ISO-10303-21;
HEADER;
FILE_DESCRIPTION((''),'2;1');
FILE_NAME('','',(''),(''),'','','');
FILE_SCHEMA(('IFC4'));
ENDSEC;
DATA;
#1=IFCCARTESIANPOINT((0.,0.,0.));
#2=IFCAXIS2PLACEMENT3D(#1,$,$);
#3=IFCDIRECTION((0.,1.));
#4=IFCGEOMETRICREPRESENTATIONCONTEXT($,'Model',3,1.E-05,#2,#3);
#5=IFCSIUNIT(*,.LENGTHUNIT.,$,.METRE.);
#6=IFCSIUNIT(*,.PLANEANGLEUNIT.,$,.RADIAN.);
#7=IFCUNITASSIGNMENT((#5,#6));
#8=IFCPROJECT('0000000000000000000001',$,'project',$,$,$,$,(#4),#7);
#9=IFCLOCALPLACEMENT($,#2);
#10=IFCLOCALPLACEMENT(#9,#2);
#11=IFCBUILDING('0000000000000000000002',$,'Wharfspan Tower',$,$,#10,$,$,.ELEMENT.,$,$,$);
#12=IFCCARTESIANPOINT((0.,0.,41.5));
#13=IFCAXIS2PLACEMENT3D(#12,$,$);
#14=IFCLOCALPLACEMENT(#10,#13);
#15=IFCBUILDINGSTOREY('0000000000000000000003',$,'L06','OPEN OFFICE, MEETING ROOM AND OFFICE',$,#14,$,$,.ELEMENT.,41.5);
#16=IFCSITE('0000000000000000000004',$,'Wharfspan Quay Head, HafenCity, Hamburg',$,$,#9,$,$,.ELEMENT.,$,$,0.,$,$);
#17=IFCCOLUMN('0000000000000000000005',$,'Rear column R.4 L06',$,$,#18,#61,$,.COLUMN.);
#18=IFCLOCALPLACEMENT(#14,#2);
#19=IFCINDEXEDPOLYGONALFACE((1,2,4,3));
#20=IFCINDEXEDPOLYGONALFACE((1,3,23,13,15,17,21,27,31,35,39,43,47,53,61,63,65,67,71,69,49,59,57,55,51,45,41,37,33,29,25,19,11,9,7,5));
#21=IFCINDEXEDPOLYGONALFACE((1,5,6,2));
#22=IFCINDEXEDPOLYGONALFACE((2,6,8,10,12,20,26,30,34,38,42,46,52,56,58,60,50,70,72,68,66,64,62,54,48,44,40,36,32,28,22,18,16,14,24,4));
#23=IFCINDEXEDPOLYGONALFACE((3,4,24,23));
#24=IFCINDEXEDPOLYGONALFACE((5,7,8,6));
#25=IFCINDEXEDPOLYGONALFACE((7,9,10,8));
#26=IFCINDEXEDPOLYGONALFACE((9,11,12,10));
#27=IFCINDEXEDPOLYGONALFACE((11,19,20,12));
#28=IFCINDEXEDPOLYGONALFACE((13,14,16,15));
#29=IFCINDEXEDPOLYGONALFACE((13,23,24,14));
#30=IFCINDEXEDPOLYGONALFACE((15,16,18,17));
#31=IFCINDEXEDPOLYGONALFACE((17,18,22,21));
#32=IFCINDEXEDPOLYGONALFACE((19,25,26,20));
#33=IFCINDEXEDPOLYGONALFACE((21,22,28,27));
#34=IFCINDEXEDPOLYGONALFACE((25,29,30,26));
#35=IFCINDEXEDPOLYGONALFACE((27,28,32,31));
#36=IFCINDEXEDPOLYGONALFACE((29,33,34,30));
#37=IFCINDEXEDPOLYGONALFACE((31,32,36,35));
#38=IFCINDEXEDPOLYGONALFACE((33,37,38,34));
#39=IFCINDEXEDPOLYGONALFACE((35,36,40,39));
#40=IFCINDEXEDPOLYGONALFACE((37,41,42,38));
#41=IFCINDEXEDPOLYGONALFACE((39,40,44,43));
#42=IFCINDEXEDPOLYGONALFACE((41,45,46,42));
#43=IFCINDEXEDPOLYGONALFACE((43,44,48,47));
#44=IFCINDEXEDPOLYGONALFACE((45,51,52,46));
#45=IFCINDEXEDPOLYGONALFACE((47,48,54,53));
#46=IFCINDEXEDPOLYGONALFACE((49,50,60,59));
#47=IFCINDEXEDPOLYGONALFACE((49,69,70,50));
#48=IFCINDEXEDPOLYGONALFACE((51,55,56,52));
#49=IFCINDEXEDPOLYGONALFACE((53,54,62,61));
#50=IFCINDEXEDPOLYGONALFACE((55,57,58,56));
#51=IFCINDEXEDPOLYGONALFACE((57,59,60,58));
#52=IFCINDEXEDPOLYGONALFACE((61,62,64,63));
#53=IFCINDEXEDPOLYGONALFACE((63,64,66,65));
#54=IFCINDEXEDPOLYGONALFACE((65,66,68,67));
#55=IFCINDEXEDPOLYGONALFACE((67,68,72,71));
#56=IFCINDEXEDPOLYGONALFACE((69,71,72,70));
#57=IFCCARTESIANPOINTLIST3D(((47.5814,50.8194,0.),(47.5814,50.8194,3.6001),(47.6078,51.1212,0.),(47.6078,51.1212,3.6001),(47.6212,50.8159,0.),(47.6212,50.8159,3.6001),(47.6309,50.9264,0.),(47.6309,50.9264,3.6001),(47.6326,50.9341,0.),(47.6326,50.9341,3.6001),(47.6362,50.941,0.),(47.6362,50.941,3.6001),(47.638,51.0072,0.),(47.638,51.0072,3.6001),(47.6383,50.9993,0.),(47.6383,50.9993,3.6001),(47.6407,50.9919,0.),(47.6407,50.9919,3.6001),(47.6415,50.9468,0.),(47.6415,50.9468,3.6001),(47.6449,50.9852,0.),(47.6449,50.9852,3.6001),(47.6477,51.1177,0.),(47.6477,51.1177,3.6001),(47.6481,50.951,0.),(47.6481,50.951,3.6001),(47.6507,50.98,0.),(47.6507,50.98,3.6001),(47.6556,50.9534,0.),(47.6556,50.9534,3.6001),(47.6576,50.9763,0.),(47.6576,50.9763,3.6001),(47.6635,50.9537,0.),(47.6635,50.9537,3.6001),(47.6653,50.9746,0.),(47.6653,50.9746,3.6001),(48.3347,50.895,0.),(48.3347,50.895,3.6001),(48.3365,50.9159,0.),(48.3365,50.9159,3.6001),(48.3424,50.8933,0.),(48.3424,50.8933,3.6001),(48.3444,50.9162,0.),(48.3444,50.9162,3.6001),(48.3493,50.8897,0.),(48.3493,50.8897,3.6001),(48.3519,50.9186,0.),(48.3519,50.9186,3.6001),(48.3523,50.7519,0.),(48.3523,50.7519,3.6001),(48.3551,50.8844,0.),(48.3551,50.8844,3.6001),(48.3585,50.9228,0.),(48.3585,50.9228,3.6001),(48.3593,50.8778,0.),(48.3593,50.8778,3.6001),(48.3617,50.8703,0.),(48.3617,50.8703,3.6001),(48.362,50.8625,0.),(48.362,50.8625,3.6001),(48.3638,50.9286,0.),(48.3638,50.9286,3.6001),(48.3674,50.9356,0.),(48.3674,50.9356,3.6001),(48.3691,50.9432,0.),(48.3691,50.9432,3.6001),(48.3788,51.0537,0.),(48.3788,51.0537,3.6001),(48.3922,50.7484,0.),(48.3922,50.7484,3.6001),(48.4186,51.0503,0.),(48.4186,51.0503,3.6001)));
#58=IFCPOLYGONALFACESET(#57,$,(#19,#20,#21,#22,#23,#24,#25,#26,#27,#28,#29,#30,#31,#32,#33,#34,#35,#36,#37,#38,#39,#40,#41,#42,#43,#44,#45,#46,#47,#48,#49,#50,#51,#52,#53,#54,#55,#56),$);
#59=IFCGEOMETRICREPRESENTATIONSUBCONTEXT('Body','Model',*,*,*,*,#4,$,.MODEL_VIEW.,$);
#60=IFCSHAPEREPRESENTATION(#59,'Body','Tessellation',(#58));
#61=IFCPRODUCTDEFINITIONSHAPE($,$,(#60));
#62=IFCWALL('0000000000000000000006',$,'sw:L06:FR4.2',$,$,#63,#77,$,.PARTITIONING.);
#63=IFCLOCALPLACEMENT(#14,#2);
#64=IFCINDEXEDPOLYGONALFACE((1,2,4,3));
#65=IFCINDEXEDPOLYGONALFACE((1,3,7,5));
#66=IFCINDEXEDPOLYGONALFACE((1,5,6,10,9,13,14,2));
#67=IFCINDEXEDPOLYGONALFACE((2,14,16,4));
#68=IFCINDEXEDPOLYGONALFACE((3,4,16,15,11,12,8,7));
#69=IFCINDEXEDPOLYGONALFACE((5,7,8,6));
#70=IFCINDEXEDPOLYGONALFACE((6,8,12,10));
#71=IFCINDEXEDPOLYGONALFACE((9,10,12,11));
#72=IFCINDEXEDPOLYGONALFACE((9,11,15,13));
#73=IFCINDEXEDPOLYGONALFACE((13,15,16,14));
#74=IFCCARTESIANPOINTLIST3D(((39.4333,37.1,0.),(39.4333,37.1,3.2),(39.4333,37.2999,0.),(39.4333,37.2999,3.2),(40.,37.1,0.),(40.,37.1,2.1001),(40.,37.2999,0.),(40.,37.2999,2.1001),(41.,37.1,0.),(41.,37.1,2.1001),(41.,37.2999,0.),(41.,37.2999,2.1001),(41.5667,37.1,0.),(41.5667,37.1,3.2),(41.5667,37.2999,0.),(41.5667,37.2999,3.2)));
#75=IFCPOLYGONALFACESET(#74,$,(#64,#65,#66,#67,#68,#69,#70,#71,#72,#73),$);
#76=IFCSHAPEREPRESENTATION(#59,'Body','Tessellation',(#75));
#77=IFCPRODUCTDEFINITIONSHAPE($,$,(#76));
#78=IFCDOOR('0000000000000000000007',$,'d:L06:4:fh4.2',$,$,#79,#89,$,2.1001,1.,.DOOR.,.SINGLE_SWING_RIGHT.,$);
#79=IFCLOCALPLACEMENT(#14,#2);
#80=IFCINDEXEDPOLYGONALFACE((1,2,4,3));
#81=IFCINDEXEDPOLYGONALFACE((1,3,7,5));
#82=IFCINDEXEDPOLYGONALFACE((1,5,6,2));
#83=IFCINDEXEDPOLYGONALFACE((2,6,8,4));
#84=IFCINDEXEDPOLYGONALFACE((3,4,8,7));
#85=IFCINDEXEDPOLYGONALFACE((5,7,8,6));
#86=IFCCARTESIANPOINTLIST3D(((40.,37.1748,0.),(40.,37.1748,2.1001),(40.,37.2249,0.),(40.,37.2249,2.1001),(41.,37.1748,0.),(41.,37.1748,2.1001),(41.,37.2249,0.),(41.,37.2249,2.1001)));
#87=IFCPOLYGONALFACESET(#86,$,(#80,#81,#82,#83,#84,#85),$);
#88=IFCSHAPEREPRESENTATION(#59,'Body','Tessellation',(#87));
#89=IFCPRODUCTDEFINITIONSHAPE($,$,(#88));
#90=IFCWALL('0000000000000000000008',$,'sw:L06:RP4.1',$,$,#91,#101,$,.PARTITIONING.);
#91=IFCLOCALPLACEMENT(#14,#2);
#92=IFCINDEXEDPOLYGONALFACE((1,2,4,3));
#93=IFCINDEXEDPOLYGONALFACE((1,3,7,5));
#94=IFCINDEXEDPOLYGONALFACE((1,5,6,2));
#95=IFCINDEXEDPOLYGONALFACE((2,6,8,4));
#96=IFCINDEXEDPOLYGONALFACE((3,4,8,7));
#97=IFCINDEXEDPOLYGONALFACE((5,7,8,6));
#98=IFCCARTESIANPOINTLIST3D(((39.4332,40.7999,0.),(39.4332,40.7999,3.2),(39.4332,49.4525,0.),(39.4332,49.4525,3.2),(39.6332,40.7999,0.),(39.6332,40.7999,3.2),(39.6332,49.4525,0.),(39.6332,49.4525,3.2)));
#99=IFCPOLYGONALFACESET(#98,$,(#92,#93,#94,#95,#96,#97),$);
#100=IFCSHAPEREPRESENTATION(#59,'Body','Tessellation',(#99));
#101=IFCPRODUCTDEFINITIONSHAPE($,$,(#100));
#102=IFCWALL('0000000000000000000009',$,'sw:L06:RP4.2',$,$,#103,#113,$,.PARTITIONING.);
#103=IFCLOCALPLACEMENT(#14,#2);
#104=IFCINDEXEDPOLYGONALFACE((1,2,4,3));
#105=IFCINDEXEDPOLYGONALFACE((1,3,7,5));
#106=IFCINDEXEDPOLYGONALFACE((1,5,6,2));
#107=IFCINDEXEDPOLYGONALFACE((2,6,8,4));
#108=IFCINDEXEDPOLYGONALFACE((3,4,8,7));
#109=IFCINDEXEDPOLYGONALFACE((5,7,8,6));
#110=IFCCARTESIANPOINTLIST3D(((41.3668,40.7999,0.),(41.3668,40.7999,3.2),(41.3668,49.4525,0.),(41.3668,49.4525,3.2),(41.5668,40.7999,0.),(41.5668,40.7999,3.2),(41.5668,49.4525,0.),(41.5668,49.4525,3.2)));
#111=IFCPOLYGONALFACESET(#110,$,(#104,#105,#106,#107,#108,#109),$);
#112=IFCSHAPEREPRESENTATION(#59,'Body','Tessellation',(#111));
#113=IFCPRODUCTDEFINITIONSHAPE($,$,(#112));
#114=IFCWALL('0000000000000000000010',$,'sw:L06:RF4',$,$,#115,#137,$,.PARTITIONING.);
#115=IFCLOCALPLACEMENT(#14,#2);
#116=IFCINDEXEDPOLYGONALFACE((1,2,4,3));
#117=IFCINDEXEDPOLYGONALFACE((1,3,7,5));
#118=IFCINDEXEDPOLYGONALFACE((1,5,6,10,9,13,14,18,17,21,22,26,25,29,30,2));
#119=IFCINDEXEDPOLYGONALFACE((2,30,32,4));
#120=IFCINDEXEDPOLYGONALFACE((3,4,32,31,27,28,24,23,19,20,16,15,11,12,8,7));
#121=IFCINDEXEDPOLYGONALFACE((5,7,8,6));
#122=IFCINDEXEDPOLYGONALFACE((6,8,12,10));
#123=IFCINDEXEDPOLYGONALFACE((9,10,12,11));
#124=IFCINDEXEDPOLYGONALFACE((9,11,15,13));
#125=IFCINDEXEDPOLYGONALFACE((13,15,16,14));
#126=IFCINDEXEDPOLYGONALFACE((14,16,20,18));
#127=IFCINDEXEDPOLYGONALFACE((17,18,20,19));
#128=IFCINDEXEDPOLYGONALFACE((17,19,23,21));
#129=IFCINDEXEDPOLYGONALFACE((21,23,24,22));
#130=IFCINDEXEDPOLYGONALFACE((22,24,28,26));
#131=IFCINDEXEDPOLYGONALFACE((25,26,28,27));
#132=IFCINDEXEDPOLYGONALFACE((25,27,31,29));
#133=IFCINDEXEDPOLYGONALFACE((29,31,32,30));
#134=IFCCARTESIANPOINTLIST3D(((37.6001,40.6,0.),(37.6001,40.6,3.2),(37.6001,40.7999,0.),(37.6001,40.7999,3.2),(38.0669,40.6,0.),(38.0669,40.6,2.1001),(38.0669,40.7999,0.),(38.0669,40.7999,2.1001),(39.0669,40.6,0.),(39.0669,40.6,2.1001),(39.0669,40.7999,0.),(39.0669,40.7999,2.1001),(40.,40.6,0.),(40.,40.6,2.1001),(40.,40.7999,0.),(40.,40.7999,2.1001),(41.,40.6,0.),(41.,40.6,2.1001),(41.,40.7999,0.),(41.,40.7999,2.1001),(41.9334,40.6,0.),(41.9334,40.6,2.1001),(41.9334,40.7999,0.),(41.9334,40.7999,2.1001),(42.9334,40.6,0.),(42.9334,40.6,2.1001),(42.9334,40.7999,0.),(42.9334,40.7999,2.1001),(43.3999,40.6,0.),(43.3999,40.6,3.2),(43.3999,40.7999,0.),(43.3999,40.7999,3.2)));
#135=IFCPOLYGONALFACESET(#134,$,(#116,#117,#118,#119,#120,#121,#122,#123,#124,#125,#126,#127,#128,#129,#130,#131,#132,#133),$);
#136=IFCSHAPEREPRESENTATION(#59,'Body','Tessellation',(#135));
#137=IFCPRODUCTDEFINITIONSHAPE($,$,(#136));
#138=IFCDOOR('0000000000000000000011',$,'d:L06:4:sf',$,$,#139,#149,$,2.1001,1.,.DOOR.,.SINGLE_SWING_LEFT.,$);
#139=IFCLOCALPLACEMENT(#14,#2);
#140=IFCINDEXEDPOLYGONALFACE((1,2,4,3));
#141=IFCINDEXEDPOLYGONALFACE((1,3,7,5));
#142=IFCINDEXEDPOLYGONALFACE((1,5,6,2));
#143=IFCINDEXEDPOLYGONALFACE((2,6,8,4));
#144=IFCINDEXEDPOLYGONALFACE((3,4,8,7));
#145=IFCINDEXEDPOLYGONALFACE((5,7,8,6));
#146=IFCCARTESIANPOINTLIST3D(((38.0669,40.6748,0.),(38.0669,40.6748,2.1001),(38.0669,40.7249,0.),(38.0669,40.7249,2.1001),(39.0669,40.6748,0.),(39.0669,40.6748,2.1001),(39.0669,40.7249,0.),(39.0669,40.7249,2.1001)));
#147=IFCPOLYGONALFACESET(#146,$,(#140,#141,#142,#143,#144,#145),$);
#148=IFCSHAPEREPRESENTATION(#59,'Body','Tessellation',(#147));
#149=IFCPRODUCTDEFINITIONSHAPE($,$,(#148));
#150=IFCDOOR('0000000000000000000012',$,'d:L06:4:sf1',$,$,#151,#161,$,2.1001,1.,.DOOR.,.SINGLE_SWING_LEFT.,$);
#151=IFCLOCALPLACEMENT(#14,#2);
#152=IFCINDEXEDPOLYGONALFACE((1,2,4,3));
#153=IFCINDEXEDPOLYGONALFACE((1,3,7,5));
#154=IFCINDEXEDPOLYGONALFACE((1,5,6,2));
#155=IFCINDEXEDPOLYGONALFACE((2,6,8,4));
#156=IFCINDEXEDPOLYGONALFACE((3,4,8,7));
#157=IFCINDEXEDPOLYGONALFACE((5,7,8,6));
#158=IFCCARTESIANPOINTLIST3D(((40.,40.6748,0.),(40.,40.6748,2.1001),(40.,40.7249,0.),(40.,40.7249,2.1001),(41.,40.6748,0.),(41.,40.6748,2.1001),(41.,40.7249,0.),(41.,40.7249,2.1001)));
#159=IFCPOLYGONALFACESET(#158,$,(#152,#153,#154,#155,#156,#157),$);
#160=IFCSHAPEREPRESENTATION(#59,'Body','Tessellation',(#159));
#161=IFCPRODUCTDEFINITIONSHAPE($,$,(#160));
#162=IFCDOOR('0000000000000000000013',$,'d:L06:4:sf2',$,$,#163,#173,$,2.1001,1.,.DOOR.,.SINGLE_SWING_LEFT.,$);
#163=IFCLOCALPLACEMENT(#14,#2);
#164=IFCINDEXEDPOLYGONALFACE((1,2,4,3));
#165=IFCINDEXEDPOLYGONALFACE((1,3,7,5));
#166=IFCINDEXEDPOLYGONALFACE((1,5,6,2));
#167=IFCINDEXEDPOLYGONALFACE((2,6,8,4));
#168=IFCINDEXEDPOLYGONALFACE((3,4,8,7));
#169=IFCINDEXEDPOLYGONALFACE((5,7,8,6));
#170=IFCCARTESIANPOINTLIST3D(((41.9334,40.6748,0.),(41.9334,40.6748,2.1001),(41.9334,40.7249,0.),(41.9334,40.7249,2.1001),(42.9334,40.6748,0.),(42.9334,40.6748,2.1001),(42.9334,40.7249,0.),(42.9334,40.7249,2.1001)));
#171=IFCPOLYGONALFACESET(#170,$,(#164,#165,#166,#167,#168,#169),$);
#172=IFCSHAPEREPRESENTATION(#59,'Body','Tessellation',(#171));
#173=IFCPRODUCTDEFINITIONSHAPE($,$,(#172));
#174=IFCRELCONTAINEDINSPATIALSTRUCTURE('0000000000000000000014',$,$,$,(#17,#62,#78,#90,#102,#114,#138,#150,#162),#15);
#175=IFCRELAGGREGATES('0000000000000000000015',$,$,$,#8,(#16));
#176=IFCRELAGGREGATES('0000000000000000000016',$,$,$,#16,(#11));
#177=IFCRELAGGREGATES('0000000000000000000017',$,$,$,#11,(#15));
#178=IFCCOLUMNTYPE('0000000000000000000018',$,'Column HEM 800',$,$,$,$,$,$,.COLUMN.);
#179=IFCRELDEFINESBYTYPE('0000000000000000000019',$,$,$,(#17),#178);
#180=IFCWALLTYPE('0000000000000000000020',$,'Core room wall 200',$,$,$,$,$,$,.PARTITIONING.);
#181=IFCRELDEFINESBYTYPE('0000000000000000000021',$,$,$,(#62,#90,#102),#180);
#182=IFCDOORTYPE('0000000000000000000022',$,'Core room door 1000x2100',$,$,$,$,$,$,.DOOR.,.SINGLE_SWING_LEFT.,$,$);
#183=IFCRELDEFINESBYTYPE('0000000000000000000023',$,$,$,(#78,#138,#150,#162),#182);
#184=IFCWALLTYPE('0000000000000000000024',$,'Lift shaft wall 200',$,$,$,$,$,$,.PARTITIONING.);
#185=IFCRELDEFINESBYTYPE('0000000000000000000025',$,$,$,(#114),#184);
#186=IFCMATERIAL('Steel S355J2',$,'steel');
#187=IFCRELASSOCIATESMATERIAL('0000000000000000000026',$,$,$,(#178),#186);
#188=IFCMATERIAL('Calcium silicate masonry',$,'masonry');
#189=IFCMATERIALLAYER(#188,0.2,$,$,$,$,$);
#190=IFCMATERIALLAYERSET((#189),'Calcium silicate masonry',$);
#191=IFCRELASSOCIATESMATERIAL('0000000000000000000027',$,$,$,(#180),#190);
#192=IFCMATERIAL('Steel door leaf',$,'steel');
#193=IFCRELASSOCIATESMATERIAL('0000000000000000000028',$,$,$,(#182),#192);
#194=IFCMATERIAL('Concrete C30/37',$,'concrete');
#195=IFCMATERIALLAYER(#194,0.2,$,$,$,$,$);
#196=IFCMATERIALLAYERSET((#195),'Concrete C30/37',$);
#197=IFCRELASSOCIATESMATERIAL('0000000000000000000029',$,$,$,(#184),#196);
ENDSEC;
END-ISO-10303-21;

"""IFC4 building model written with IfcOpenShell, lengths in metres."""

from ifc_helpers import new_model, si_unit, direction, frame, frame_2d, origin, origin_2d, place, context, subcontext, project, spatial, rectangle, i_section, extrude, material, layer, layer_set, material_profile, profile_set, type_object, element, fill, save


model = new_model("IFC4")

# Units and contexts
model_context = context("Model", 3, precision=1e-05, world=origin(), true_north=direction((0.0, 1.0)))
body_context = subcontext(model_context, "Body", "Model", "MODEL_VIEW")
ifc_project = project(units=[si_unit("LENGTHUNIT", "METRE"), si_unit("PLANEANGLEUNIT", "RADIAN")], contexts=[model_context])

# Site, building, storey
site_placement = place(None, origin())
site = spatial("IfcSite", under=ifc_project, at=site_placement, Name="Wharfspan Quay Head, HafenCity, Hamburg", CompositionType="ELEMENT", RefElevation=0.0)
building_placement = place(site_placement, origin())
building = spatial("IfcBuilding", under=site, at=building_placement, Name="Wharfspan Tower", CompositionType="ELEMENT")
storey_placement = place(building_placement, frame((0.0, 0.0, 41.5)))
storey = spatial("IfcBuildingStorey", under=building, at=storey_placement, Name="L06", Description="OPEN OFFICE, MEETING ROOM AND OFFICE", CompositionType="ELEMENT", Elevation=41.5)

# Column
ifc_material_1 = material(Name="Steel S355J2", Category="steel")
ifc_material_profile = material_profile(ifc_material_1, i_section(OverallWidth=0.303, OverallDepth=0.814, WebThickness=0.021, FlangeThickness=0.04, FilletRadius=0.03, at=origin_2d()))
ifc_profile_set = profile_set([ifc_material_profile], Name="Steel S355J2")
column_type = type_object("IfcColumnType", Name="Column HEM 800", PredefinedType="COLUMN", material=ifc_profile_set)
column_placement = place(storey_placement, frame((48.0, 50.9348, 0.0), z_axis=(0.0, 0.0, 1.0), x_axis=(0.087156, 0.996197, 0.0)))
element("IfcColumn", 1, at=column_placement, inside=storey, type_object=column_type, Name="Rear column R.4 L06", PredefinedType="COLUMN", context=body_context, shape_type="SweptSolid", body=[
    extrude(i_section(OverallWidth=0.303, OverallDepth=0.814, WebThickness=0.021, FlangeThickness=0.04, FilletRadius=0.03, at=origin_2d()), origin(), (0.0, 0.0, 1.0), 3.6001),
])

# Wall, opening, door
ifc_material_2 = material(Name="Calcium silicate masonry", Category="masonry")
ifc_layer_1 = layer(ifc_material_2, 0.2)
ifc_layer_set_1 = layer_set([ifc_layer_1], Name="Calcium silicate masonry")
wall_type_1 = type_object("IfcWallType", Name="Core room wall 200", PredefinedType="PARTITIONING", material=ifc_layer_set_1)
wall_1_placement = place(storey_placement, frame((39.4333, 37.2, 0.0), z_axis=(0.0, 0.0, 1.0), x_axis=(1.0, 0.0, 0.0)))
wall_1 = element("IfcWall", 2, at=wall_1_placement, inside=storey, type_object=wall_type_1, Name="sw:L06:FR4.2", PredefinedType="PARTITIONING", context=body_context, shape_type="SweptSolid", body=[
    extrude(rectangle(XDim=2.1333, YDim=0.2, at=frame_2d((1.0667, 0.0))), origin(), (0.0, 0.0, 1.0), 3.2),
])
opening_1_placement = place(wall_1_placement, frame((0.5666, 0.0, 0.0)))
opening_1 = element("IfcOpeningElement", 3, at=opening_1_placement, cuts=wall_1, PredefinedType="OPENING", context=body_context, shape_type="SweptSolid", body=[
    extrude(rectangle(XDim=1.0, YDim=2.1001, at=frame_2d((0.5, 1.05))), frame((0.0, 0.1099, 0.0), z_axis=(0.0, -1.0, 0.0), x_axis=(1.0, 0.0, 0.0)), (0.0, 0.0, 1.0), 0.22),
])
ifc_material_3 = material(Name="Steel door leaf", Category="steel")
door_type_1 = type_object("IfcDoorType", Name="Core room door 1000x2100", OperationType="SINGLE_SWING_LEFT", PredefinedType="DOOR", material=ifc_material_3)
door_1_placement = place(opening_1_placement, origin())
door_1 = element("IfcDoor", 4, at=door_1_placement, inside=storey, type_object=door_type_1, Name="d:L06:4:fh4.2", OperationType="SINGLE_SWING_RIGHT", OverallHeight=2.1001, OverallWidth=1.0, PredefinedType="DOOR", context=body_context, shape_type="SweptSolid", body=[
    extrude(rectangle(XDim=1.0, YDim=2.1001, at=frame_2d((0.5, 1.05))), frame((0.0, 0.0249, 0.0), z_axis=(0.0, -1.0, 0.0), x_axis=(1.0, 0.0, 0.0)), (0.0, 0.0, 1.0), 0.05),
])
fill(opening_1, door_1)

# Walls
for number, where, z_axis, x_axis, name in (
    (5, (39.5332, 40.8, 0.0), (0.0, 0.0, 1.0), (0.0, 1.0, 0.0), "sw:L06:RP4.1"),
    (6, (41.4668, 40.8, 0.0), (0.0, 0.0, 1.0), (0.0, 1.0, 0.0), "sw:L06:RP4.2"),
):
    element("IfcWall", number, at=place(storey_placement, frame(where, z_axis=z_axis, x_axis=x_axis)), inside=storey, type_object=wall_type_1, Name=name, PredefinedType="PARTITIONING", context=body_context, shape_type="SweptSolid", body=[
        extrude(rectangle(XDim=8.6526, YDim=0.2, at=frame_2d((4.3262, 0.0))), origin(), (0.0, 0.0, 1.0), 3.2),
    ])

# Wall, openings, doors
ifc_material_4 = material(Name="Concrete C30/37", Category="concrete")
ifc_layer_2 = layer(ifc_material_4, 0.2)
ifc_layer_set_2 = layer_set([ifc_layer_2], Name="Concrete C30/37")
wall_type_2 = type_object("IfcWallType", Name="Lift shaft wall 200", PredefinedType="PARTITIONING", material=ifc_layer_set_2)
wall_2_placement = place(storey_placement, frame((37.6001, 40.7, 0.0), z_axis=(0.0, 0.0, 1.0), x_axis=(1.0, 0.0, 0.0)))
wall_2 = element("IfcWall", 7, at=wall_2_placement, inside=storey, type_object=wall_type_2, Name="sw:L06:RF4", PredefinedType="PARTITIONING", context=body_context, shape_type="SweptSolid", body=[
    extrude(rectangle(XDim=5.7998, YDim=0.2, at=frame_2d((2.8999, 0.0))), origin(), (0.0, 0.0, 1.0), 3.2),
])
opening_2_placement = place(wall_2_placement, frame((0.4668, 0.0, 0.0)))
opening_2 = element("IfcOpeningElement", 8, at=opening_2_placement, cuts=wall_2, PredefinedType="OPENING", context=body_context, shape_type="SweptSolid", body=[
    extrude(rectangle(XDim=1.0, YDim=2.1001, at=frame_2d((0.5, 1.05))), frame((0.0, 0.1099, 0.0), z_axis=(0.0, -1.0, 0.0), x_axis=(1.0, 0.0, 0.0)), (0.0, 0.0, 1.0), 0.22),
])
opening_3_placement = place(wall_2_placement, frame((2.3999, 0.0, 0.0)))
opening_3 = element("IfcOpeningElement", 9, at=opening_3_placement, cuts=wall_2, PredefinedType="OPENING", context=body_context, shape_type="SweptSolid", body=[
    extrude(rectangle(XDim=1.0, YDim=2.1001, at=frame_2d((0.5, 1.05))), frame((0.0, 0.1099, 0.0), z_axis=(0.0, -1.0, 0.0), x_axis=(1.0, 0.0, 0.0)), (0.0, 0.0, 1.0), 0.22),
])
opening_4_placement = place(wall_2_placement, frame((4.3333, 0.0, 0.0)))
opening_4 = element("IfcOpeningElement", 10, at=opening_4_placement, cuts=wall_2, PredefinedType="OPENING", context=body_context, shape_type="SweptSolid", body=[
    extrude(rectangle(XDim=1.0, YDim=2.1001, at=frame_2d((0.5, 1.05))), frame((0.0, 0.1099, 0.0), z_axis=(0.0, -1.0, 0.0), x_axis=(1.0, 0.0, 0.0)), (0.0, 0.0, 1.0), 0.22),
])
door_2_placement = place(opening_2_placement, origin())
door_2 = element("IfcDoor", 11, at=door_2_placement, inside=storey, type_object=door_type_1, Name="d:L06:4:sf", OperationType="SINGLE_SWING_LEFT", OverallHeight=2.1001, OverallWidth=1.0, PredefinedType="DOOR", context=body_context, shape_type="SweptSolid", body=[
    extrude(rectangle(XDim=1.0, YDim=2.1001, at=frame_2d((0.5, 1.05))), frame((0.0, 0.0249, 0.0), z_axis=(0.0, -1.0, 0.0), x_axis=(1.0, 0.0, 0.0)), (0.0, 0.0, 1.0), 0.05),
])
fill(opening_2, door_2)
door_3_placement = place(opening_3_placement, origin())
door_3 = element("IfcDoor", 12, at=door_3_placement, inside=storey, type_object=door_type_1, Name="d:L06:4:sf1", OperationType="SINGLE_SWING_LEFT", OverallHeight=2.1001, OverallWidth=1.0, PredefinedType="DOOR", context=body_context, shape_type="SweptSolid", body=[
    extrude(rectangle(XDim=1.0, YDim=2.1001, at=frame_2d((0.5, 1.05))), frame((0.0, 0.0249, 0.0), z_axis=(0.0, -1.0, 0.0), x_axis=(1.0, 0.0, 0.0)), (0.0, 0.0, 1.0), 0.05),
])
fill(opening_3, door_3)
door_4_placement = place(opening_4_placement, origin())
door_4 = element("IfcDoor", 13, at=door_4_placement, inside=storey, type_object=door_type_1, Name="d:L06:4:sf2", OperationType="SINGLE_SWING_LEFT", OverallHeight=2.1001, OverallWidth=1.0, PredefinedType="DOOR", context=body_context, shape_type="SweptSolid", body=[
    extrude(rectangle(XDim=1.0, YDim=2.1001, at=frame_2d((0.5, 1.05))), frame((0.0, 0.0249, 0.0), z_axis=(0.0, -1.0, 0.0), x_axis=(1.0, 0.0, 0.0)), (0.0, 0.0, 1.0), 0.05),
])
fill(opening_4, door_4)

save(model, "model.ifc")
